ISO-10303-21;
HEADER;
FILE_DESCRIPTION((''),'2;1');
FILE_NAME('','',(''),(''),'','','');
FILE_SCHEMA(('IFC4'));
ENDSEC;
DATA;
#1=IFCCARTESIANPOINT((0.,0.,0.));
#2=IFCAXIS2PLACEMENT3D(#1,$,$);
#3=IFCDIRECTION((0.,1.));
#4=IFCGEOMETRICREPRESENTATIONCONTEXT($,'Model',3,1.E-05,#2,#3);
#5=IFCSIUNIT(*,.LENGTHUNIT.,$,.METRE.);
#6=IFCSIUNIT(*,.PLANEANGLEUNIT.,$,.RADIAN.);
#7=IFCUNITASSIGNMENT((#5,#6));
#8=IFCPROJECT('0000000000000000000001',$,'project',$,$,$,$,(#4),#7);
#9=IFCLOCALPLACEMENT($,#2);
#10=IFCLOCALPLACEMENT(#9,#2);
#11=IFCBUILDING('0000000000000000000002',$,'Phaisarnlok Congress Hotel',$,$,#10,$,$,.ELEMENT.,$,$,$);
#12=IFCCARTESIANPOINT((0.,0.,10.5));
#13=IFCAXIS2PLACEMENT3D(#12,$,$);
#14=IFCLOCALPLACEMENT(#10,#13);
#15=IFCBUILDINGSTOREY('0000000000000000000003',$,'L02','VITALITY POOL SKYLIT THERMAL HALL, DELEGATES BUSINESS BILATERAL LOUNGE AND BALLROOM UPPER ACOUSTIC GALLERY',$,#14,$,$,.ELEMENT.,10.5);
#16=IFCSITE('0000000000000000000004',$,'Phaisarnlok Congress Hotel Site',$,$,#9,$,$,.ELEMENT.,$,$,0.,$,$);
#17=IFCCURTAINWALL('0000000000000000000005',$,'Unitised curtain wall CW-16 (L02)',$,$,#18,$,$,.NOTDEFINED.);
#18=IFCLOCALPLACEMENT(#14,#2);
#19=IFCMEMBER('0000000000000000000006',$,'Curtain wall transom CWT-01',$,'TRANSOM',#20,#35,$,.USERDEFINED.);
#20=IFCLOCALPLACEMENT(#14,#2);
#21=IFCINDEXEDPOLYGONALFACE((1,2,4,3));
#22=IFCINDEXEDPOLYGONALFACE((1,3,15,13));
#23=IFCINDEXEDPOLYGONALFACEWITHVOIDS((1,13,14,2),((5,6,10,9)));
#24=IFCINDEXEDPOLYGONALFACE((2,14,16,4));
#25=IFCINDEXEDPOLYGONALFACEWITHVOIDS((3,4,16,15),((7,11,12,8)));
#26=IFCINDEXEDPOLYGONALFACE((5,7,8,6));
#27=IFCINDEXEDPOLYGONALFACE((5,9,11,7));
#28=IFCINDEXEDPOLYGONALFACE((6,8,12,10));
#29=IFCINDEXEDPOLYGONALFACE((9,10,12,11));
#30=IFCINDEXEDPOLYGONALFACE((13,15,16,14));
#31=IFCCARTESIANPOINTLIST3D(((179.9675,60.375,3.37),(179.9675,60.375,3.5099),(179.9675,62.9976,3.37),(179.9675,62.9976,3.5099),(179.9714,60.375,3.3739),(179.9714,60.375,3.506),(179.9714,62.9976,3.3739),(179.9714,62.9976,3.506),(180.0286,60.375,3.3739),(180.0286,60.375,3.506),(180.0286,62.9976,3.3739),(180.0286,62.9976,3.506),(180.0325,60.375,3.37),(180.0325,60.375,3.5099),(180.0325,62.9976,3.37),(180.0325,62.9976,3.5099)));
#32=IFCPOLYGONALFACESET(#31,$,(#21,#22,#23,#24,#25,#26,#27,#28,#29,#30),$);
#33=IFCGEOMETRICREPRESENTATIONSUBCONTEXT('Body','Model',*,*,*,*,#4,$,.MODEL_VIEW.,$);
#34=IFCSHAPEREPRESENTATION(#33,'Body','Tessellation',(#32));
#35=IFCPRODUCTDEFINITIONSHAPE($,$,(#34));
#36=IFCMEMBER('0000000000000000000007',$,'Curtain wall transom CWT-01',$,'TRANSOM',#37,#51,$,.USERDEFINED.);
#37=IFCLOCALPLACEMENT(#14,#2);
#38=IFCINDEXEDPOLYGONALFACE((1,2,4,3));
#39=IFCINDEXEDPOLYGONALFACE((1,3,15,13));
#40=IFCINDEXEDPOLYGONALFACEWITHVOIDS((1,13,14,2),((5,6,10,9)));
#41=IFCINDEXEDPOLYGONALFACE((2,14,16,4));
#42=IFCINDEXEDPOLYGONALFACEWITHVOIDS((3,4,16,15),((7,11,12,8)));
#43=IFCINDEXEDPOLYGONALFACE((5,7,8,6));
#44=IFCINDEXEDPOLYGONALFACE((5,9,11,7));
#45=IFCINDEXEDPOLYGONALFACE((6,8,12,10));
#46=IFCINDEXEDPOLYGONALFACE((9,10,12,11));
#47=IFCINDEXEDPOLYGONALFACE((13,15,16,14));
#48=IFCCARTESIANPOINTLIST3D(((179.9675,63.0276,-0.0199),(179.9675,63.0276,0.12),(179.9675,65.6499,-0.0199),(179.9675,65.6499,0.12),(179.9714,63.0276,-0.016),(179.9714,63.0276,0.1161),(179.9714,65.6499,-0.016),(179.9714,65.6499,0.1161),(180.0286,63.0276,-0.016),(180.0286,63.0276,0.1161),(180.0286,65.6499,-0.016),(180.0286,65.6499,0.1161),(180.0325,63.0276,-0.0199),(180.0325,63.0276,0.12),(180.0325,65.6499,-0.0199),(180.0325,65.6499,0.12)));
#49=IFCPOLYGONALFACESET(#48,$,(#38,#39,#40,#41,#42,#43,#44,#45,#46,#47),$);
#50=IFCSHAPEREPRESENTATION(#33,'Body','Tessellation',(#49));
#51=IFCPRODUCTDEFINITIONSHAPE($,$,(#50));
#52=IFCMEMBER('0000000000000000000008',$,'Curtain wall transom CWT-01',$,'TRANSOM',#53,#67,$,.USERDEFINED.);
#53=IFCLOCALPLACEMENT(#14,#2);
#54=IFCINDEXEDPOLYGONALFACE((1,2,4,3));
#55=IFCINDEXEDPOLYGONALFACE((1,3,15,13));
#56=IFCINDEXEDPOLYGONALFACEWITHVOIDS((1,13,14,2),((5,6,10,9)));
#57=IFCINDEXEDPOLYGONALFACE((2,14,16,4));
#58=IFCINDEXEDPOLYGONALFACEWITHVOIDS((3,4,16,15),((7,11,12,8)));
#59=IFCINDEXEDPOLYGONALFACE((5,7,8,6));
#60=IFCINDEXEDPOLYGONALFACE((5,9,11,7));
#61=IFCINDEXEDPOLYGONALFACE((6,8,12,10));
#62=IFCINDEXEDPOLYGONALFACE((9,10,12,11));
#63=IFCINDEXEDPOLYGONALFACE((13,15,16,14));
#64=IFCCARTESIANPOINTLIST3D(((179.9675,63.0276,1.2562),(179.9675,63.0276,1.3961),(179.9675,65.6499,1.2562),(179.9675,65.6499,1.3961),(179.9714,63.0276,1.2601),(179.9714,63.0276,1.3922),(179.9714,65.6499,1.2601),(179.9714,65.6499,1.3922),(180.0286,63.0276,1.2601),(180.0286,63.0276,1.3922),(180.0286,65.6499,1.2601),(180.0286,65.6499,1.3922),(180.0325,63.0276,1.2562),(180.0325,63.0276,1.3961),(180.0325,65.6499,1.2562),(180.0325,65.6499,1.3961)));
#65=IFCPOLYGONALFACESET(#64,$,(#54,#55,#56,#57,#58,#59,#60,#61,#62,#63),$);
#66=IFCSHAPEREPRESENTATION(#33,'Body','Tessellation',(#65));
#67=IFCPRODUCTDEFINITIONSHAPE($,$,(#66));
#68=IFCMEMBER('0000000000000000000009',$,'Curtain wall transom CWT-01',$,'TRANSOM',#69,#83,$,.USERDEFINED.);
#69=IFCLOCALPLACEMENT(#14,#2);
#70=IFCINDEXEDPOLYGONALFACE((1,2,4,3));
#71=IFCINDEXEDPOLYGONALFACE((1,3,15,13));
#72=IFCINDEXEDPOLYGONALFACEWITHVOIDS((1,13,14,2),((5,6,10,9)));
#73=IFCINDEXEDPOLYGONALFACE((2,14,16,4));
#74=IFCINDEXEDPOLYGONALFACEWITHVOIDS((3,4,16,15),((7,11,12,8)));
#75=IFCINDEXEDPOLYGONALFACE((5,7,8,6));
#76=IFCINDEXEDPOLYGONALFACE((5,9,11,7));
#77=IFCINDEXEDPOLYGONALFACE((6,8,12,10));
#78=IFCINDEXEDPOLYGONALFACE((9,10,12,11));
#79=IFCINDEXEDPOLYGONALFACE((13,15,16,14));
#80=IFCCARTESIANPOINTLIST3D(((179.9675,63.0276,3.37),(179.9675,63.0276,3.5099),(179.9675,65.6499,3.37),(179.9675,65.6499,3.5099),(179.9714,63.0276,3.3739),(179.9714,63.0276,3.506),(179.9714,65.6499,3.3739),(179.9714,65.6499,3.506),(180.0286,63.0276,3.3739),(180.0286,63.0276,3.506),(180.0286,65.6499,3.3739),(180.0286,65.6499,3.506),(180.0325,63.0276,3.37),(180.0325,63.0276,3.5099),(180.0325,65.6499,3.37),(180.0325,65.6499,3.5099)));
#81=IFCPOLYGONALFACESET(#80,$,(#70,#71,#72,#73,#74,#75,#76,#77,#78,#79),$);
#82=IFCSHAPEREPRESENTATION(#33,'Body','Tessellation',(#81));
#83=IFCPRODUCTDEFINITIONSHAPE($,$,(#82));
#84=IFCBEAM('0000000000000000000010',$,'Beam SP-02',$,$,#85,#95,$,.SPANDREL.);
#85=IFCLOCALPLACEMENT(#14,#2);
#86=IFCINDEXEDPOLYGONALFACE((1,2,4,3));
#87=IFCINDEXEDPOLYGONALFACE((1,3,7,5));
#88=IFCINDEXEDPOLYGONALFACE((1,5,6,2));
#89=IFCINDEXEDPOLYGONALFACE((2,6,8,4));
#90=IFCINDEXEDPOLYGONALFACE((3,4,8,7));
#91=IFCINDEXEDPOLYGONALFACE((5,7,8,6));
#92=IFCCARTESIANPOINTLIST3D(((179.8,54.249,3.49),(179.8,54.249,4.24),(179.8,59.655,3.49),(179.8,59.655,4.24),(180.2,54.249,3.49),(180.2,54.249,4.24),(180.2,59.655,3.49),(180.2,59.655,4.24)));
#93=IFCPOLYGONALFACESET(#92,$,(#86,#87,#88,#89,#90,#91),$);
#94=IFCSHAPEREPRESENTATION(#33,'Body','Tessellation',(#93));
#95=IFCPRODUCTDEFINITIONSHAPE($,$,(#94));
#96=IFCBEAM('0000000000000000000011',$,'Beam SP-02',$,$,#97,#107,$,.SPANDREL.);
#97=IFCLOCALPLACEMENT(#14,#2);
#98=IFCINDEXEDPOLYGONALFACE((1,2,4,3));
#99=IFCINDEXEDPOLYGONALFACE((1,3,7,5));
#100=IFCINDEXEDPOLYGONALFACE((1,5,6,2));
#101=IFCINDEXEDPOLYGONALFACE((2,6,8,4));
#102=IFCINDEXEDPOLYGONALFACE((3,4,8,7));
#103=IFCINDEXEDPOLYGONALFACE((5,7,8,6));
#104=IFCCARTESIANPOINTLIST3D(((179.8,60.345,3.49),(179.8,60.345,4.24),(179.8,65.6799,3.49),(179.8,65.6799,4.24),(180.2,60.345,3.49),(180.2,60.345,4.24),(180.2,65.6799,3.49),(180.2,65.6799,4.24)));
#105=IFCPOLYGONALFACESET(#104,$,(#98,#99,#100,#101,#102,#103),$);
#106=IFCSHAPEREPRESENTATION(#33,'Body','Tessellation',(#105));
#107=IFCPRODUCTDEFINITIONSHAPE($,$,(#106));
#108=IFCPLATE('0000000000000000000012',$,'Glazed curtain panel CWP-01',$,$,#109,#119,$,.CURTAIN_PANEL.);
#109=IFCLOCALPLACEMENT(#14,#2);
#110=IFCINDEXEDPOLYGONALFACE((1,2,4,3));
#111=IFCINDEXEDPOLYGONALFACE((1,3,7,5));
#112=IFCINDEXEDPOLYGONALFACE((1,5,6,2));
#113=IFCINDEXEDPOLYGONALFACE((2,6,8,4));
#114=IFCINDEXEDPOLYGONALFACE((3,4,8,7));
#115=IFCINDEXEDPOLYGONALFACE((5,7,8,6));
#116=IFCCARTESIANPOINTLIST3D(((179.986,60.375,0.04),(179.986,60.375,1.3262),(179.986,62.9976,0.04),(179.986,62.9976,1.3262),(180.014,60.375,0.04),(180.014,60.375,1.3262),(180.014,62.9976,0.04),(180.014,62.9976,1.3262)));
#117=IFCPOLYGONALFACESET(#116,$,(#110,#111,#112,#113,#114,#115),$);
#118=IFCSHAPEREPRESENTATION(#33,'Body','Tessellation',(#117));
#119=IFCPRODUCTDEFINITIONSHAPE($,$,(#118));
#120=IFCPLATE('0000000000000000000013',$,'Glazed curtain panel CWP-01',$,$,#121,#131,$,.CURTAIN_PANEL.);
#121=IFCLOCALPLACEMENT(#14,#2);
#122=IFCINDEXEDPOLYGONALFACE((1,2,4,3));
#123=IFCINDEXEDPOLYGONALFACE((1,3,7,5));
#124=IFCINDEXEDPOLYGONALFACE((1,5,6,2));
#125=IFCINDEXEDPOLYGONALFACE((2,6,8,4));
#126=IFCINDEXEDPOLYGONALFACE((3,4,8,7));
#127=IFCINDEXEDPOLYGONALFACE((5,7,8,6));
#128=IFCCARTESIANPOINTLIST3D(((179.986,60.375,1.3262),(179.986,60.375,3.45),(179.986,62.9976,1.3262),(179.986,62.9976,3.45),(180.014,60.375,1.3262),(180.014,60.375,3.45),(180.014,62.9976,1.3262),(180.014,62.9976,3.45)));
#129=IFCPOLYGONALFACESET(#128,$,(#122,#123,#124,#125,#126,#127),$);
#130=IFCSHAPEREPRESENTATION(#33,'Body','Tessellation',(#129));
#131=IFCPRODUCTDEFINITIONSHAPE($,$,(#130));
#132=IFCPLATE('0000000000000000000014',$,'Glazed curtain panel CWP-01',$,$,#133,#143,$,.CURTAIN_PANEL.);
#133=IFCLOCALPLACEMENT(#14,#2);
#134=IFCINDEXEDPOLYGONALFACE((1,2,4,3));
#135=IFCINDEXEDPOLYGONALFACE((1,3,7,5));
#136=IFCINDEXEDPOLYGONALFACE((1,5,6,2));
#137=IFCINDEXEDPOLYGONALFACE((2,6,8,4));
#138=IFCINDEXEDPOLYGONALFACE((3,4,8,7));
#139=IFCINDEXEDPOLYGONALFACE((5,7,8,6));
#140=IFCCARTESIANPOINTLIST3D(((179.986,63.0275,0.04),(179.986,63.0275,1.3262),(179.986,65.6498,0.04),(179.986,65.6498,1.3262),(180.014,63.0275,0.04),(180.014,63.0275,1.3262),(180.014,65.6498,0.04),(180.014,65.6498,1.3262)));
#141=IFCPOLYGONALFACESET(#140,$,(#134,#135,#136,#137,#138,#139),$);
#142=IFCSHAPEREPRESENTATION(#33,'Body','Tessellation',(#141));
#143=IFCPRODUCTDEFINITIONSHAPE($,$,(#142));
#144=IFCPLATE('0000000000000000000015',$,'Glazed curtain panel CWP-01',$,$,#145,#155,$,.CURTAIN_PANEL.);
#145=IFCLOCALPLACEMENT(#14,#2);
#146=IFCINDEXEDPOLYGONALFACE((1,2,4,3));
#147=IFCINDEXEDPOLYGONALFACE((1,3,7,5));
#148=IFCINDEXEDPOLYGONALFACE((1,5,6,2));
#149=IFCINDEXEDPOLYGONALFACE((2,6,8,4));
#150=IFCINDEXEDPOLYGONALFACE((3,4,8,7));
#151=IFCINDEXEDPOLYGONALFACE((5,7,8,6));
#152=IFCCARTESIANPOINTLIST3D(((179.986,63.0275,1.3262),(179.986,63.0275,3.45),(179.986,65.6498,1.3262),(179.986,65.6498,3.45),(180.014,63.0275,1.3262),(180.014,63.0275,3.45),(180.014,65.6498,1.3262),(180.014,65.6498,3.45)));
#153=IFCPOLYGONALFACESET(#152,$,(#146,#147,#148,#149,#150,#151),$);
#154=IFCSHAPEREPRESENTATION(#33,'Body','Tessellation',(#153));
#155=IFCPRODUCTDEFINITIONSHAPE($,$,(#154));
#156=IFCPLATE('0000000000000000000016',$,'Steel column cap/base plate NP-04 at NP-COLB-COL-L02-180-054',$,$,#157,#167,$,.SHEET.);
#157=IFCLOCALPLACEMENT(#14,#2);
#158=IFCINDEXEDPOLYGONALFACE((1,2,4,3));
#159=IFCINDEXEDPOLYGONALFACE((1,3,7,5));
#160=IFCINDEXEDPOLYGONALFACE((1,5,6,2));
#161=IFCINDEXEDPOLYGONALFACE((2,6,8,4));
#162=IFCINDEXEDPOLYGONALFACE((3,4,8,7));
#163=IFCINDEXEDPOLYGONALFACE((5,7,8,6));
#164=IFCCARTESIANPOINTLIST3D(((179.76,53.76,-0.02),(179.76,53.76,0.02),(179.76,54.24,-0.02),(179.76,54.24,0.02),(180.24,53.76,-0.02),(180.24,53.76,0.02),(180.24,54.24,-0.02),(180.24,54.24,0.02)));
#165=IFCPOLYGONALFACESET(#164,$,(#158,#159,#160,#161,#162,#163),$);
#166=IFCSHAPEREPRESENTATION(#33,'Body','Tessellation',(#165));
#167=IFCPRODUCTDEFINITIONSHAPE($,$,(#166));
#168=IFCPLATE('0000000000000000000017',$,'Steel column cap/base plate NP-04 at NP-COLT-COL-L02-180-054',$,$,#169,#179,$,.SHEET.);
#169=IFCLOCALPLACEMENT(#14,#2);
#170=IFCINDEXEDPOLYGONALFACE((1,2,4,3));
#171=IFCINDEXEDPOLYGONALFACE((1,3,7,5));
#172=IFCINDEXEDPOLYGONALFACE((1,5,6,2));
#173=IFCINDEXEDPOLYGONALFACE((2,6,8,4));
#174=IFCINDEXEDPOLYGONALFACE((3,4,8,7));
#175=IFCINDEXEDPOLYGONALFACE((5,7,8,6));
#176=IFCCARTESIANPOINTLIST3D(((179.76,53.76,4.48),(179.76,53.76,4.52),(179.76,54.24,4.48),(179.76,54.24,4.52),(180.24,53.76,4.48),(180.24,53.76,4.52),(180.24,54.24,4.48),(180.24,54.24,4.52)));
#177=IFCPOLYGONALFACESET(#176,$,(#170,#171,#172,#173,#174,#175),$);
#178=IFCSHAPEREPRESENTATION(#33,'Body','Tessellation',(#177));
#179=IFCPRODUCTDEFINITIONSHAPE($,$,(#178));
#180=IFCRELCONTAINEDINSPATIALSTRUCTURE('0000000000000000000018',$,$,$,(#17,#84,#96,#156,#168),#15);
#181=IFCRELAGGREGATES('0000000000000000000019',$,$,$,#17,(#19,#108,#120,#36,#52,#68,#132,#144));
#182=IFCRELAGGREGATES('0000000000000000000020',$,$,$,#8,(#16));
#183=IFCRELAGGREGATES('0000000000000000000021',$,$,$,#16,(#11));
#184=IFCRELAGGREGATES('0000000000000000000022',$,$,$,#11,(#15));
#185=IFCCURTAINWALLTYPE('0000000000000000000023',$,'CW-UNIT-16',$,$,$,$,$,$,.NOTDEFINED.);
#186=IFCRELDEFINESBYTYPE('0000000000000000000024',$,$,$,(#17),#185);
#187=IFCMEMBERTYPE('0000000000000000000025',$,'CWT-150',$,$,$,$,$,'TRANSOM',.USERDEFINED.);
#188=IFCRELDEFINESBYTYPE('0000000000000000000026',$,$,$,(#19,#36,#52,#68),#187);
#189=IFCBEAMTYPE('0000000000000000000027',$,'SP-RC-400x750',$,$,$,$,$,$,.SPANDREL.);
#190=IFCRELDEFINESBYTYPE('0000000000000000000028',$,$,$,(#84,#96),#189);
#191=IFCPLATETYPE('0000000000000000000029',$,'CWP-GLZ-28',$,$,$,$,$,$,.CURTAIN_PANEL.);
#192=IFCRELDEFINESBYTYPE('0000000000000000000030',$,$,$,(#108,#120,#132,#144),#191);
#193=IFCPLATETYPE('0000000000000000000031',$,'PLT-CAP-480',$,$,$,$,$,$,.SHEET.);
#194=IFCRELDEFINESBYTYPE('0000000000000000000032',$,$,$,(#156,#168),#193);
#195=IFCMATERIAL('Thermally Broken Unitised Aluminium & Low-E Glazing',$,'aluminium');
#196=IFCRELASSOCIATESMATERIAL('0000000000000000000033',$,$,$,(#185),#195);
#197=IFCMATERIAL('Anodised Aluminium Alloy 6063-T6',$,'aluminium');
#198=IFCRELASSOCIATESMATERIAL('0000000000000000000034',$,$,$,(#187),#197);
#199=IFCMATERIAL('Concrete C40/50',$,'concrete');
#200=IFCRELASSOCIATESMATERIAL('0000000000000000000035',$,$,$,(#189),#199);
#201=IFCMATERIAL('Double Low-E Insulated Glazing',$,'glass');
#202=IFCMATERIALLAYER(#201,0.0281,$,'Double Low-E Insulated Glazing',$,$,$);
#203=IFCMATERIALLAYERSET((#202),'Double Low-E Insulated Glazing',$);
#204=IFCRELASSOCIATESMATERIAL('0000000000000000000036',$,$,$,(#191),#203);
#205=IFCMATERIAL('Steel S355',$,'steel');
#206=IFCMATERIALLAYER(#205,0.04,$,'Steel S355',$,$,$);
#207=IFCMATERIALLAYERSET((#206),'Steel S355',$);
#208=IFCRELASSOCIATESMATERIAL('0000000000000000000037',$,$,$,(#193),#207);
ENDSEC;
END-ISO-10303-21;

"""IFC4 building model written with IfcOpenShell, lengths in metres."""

from ifc_helpers import new_model, si_unit, direction, frame, frame_2d, origin, origin_2d, place, context, subcontext, project, spatial, rectangle, hollow_rectangle, extrude, material, layer, layer_set, material_profile, profile_set, type_object, element, aggregate, save


model = new_model("IFC4")

# Units and contexts
model_context = context("Model", 3, precision=1e-05, world=origin(), true_north=direction((0.0, 1.0)))
body_context = subcontext(model_context, "Body", "Model", "MODEL_VIEW")
ifc_project = project(units=[si_unit("LENGTHUNIT", "METRE"), si_unit("PLANEANGLEUNIT", "RADIAN")], contexts=[model_context])

# Site, building, storey
site_placement = place(None, origin())
site = spatial("IfcSite", under=ifc_project, at=site_placement, Name="Phaisarnlok Congress Hotel Site", CompositionType="ELEMENT", RefElevation=0.0)
building_placement = place(site_placement, origin())
building = spatial("IfcBuilding", under=site, at=building_placement, Name="Phaisarnlok Congress Hotel", CompositionType="ELEMENT")
storey_placement = place(building_placement, frame((0.0, 0.0, 10.5)))
storey = spatial("IfcBuildingStorey", under=building, at=storey_placement, Name="L02", Description="VITALITY POOL SKYLIT THERMAL HALL, DELEGATES BUSINESS BILATERAL LOUNGE AND BALLROOM UPPER ACOUSTIC GALLERY", CompositionType="ELEMENT", Elevation=10.5)

# Shared definitions
ifc_material_1 = material(Name="Steel S355", Category="steel")

# Shared definitions
ifc_material_2 = material(Name="Concrete C40/50", Category="concrete")

# Curtain wall, members
ifc_material_3 = material(Name="Thermally Broken Unitised Aluminium & Low-E Glazing", Category="aluminium")
curtain_wall_type = type_object("IfcCurtainWallType", Name="CW-UNIT-16", PredefinedType="NOTDEFINED", material=ifc_material_3)
curtain_wall_placement = place(storey_placement, origin())
curtain_wall = element("IfcCurtainWall", 1, at=curtain_wall_placement, inside=storey, type_object=curtain_wall_type, Name="Unitised curtain wall CW-16 (L02)", PredefinedType="NOTDEFINED")
ifc_material_4 = material(Name="Anodised Aluminium Alloy 6063-T6", Category="aluminium")
ifc_material_profile_1 = material_profile(ifc_material_4, hollow_rectangle(XDim=0.0649, YDim=0.1399, WallThickness=0.0039, at=origin_2d()), Name="ALU-T 65x140x4")
ifc_profile_set_1 = profile_set([ifc_material_profile_1], Name="Anodised Aluminium Alloy 6063-T6")
member_type_1 = type_object("IfcMemberType", Name="CWT-150", ElementType="TRANSOM", PredefinedType="USERDEFINED", material=ifc_profile_set_1)
member_1_placement = place(storey_placement, frame((180.0, 60.375, 3.4399), z_axis=(0.0, 1.0, 0.0), x_axis=(-1.0, 0.0, 0.0)))
member_1 = element("IfcMember", 2, at=member_1_placement, type_object=member_type_1, Name="Curtain wall transom CWT-01", ObjectType="TRANSOM", PredefinedType="USERDEFINED", context=body_context, shape_type="SweptSolid", body=[
    extrude(hollow_rectangle(XDim=0.0649, YDim=0.1399, WallThickness=0.0039, at=origin_2d()), origin(), (0.0, 0.0, 1.0), 2.6226),
])
member_2_placement = place(storey_placement, frame((180.0, 63.0276, 0.05), z_axis=(0.0, 1.0, 0.0), x_axis=(-1.0, 0.0, 0.0)))
member_2 = element("IfcMember", 3, at=member_2_placement, type_object=member_type_1, Name="Curtain wall transom CWT-01", ObjectType="TRANSOM", PredefinedType="USERDEFINED", context=body_context, shape_type="SweptSolid", body=[
    extrude(hollow_rectangle(XDim=0.0649, YDim=0.1399, WallThickness=0.0039, at=origin_2d()), origin(), (0.0, 0.0, 1.0), 2.6223),
])
member_3_placement = place(storey_placement, frame((180.0, 63.0276, 1.3262), z_axis=(0.0, 1.0, 0.0), x_axis=(-1.0, 0.0, 0.0)))
member_3 = element("IfcMember", 4, at=member_3_placement, type_object=member_type_1, Name="Curtain wall transom CWT-01", ObjectType="TRANSOM", PredefinedType="USERDEFINED", context=body_context, shape_type="SweptSolid", body=[
    extrude(hollow_rectangle(XDim=0.0649, YDim=0.1399, WallThickness=0.0039, at=origin_2d()), origin(), (0.0, 0.0, 1.0), 2.6223),
])
member_4_placement = place(storey_placement, frame((180.0, 63.0276, 3.4399), z_axis=(0.0, 1.0, 0.0), x_axis=(-1.0, 0.0, 0.0)))
member_4 = element("IfcMember", 5, at=member_4_placement, type_object=member_type_1, Name="Curtain wall transom CWT-01", ObjectType="TRANSOM", PredefinedType="USERDEFINED", context=body_context, shape_type="SweptSolid", body=[
    extrude(hollow_rectangle(XDim=0.0649, YDim=0.1399, WallThickness=0.0039, at=origin_2d()), origin(), (0.0, 0.0, 1.0), 2.6223),
])

# Beams
ifc_material_profile_2 = material_profile(ifc_material_2, rectangle(XDim=0.3999, YDim=0.75, at=origin_2d()), Name="RC 400x750")
ifc_profile_set_2 = profile_set([ifc_material_profile_2], Name="Concrete C40/50")
beam_type_1 = type_object("IfcBeamType", Name="SP-RC-400x750", PredefinedType="SPANDREL", material=ifc_profile_set_2)
beam_1_placement = place(storey_placement, frame((180.0, 54.249, 3.865), z_axis=(0.0, 1.0, 0.0), x_axis=(-1.0, 0.0, 0.0)))
element("IfcBeam", 6, at=beam_1_placement, inside=storey, type_object=beam_type_1, Name="Beam SP-02", PredefinedType="SPANDREL", context=body_context, shape_type="SweptSolid", body=[
    extrude(rectangle(XDim=0.3999, YDim=0.75, at=origin_2d()), origin(), (0.0, 0.0, 1.0), 5.406),
])
beam_2_placement = place(storey_placement, frame((180.0, 60.345, 3.865), z_axis=(0.0, 1.0, 0.0), x_axis=(-1.0, 0.0, 0.0)))
element("IfcBeam", 7, at=beam_2_placement, inside=storey, type_object=beam_type_1, Name="Beam SP-02", PredefinedType="SPANDREL", context=body_context, shape_type="SweptSolid", body=[
    extrude(rectangle(XDim=0.3999, YDim=0.75, at=origin_2d()), origin(), (0.0, 0.0, 1.0), 5.335),
])

# Plates
ifc_material_5 = material(Name="Double Low-E Insulated Glazing", Category="glass")
ifc_layer_1 = layer(ifc_material_5, 0.0281, Name="Double Low-E Insulated Glazing")
ifc_layer_set_1 = layer_set([ifc_layer_1], Name="Double Low-E Insulated Glazing")
plate_type_1 = type_object("IfcPlateType", Name="CWP-GLZ-28", PredefinedType="CURTAIN_PANEL", material=ifc_layer_set_1)
plate_1_placement = place(storey_placement, frame((180.0, 60.375, 0.04), z_axis=(0.0, 0.0, 1.0), x_axis=(0.0, 1.0, 0.0)))
plate_1 = element("IfcPlate", 8, at=plate_1_placement, type_object=plate_type_1, Name="Glazed curtain panel CWP-01", PredefinedType="CURTAIN_PANEL", context=body_context, shape_type="SweptSolid", body=[
    extrude(rectangle(XDim=2.6226, YDim=0.0281, at=frame_2d((1.3113, 0.0))), origin(), (0.0, 0.0, 1.0), 1.2861),
])
plate_2_placement = place(storey_placement, frame((180.0, 60.375, 1.3262), z_axis=(0.0, 0.0, 1.0), x_axis=(0.0, 1.0, 0.0)))
plate_2 = element("IfcPlate", 9, at=plate_2_placement, type_object=plate_type_1, Name="Glazed curtain panel CWP-01", PredefinedType="CURTAIN_PANEL", context=body_context, shape_type="SweptSolid", body=[
    extrude(rectangle(XDim=2.6226, YDim=0.0281, at=frame_2d((1.3113, 0.0))), origin(), (0.0, 0.0, 1.0), 2.1238),
])
plate_3_placement = place(storey_placement, frame((180.0, 63.0276, 0.04), z_axis=(0.0, 0.0, 1.0), x_axis=(0.0, 1.0, 0.0)))
plate_3 = element("IfcPlate", 10, at=plate_3_placement, type_object=plate_type_1, Name="Glazed curtain panel CWP-01", PredefinedType="CURTAIN_PANEL", context=body_context, shape_type="SweptSolid", body=[
    extrude(rectangle(XDim=2.6223, YDim=0.0281, at=frame_2d((1.311, 0.0))), origin(), (0.0, 0.0, 1.0), 1.2861),
])
plate_4_placement = place(storey_placement, frame((180.0, 63.0276, 1.3262), z_axis=(0.0, 0.0, 1.0), x_axis=(0.0, 1.0, 0.0)))
plate_4 = element("IfcPlate", 11, at=plate_4_placement, type_object=plate_type_1, Name="Glazed curtain panel CWP-01", PredefinedType="CURTAIN_PANEL", context=body_context, shape_type="SweptSolid", body=[
    extrude(rectangle(XDim=2.6223, YDim=0.0281, at=frame_2d((1.311, 0.0))), origin(), (0.0, 0.0, 1.0), 2.1238),
])
aggregate(curtain_wall, [member_1, plate_1, plate_2, member_2, member_3, member_4, plate_3, plate_4])

# Plates
ifc_layer_2 = layer(ifc_material_1, 0.04, Name="Steel S355")
ifc_layer_set_2 = layer_set([ifc_layer_2], Name="Steel S355")
plate_type_2 = type_object("IfcPlateType", Name="PLT-CAP-480", PredefinedType="SHEET", material=ifc_layer_set_2)
for number, where, z_axis, x_axis, name in (
    (12, (180.0, 54.0, -0.02), (0.0, 0.0, 1.0), (1.0, 0.0, 0.0), "Steel column cap/base plate NP-04 at NP-COLB-COL-L02-180-054"),
    (13, (180.0, 54.0, 4.48), (0.0, 0.0, 1.0), (1.0, 0.0, 0.0), "Steel column cap/base plate NP-04 at NP-COLT-COL-L02-180-054"),
):
    element("IfcPlate", number, at=place(storey_placement, frame(where, z_axis=z_axis, x_axis=x_axis)), inside=storey, type_object=plate_type_2, Name=name, PredefinedType="SHEET", context=body_context, shape_type="SweptSolid", body=[
        extrude(rectangle(XDim=0.48, YDim=0.48, at=origin_2d()), origin(), (0.0, 0.0, 1.0), 0.04),
    ])

save(model, "model.ifc")
